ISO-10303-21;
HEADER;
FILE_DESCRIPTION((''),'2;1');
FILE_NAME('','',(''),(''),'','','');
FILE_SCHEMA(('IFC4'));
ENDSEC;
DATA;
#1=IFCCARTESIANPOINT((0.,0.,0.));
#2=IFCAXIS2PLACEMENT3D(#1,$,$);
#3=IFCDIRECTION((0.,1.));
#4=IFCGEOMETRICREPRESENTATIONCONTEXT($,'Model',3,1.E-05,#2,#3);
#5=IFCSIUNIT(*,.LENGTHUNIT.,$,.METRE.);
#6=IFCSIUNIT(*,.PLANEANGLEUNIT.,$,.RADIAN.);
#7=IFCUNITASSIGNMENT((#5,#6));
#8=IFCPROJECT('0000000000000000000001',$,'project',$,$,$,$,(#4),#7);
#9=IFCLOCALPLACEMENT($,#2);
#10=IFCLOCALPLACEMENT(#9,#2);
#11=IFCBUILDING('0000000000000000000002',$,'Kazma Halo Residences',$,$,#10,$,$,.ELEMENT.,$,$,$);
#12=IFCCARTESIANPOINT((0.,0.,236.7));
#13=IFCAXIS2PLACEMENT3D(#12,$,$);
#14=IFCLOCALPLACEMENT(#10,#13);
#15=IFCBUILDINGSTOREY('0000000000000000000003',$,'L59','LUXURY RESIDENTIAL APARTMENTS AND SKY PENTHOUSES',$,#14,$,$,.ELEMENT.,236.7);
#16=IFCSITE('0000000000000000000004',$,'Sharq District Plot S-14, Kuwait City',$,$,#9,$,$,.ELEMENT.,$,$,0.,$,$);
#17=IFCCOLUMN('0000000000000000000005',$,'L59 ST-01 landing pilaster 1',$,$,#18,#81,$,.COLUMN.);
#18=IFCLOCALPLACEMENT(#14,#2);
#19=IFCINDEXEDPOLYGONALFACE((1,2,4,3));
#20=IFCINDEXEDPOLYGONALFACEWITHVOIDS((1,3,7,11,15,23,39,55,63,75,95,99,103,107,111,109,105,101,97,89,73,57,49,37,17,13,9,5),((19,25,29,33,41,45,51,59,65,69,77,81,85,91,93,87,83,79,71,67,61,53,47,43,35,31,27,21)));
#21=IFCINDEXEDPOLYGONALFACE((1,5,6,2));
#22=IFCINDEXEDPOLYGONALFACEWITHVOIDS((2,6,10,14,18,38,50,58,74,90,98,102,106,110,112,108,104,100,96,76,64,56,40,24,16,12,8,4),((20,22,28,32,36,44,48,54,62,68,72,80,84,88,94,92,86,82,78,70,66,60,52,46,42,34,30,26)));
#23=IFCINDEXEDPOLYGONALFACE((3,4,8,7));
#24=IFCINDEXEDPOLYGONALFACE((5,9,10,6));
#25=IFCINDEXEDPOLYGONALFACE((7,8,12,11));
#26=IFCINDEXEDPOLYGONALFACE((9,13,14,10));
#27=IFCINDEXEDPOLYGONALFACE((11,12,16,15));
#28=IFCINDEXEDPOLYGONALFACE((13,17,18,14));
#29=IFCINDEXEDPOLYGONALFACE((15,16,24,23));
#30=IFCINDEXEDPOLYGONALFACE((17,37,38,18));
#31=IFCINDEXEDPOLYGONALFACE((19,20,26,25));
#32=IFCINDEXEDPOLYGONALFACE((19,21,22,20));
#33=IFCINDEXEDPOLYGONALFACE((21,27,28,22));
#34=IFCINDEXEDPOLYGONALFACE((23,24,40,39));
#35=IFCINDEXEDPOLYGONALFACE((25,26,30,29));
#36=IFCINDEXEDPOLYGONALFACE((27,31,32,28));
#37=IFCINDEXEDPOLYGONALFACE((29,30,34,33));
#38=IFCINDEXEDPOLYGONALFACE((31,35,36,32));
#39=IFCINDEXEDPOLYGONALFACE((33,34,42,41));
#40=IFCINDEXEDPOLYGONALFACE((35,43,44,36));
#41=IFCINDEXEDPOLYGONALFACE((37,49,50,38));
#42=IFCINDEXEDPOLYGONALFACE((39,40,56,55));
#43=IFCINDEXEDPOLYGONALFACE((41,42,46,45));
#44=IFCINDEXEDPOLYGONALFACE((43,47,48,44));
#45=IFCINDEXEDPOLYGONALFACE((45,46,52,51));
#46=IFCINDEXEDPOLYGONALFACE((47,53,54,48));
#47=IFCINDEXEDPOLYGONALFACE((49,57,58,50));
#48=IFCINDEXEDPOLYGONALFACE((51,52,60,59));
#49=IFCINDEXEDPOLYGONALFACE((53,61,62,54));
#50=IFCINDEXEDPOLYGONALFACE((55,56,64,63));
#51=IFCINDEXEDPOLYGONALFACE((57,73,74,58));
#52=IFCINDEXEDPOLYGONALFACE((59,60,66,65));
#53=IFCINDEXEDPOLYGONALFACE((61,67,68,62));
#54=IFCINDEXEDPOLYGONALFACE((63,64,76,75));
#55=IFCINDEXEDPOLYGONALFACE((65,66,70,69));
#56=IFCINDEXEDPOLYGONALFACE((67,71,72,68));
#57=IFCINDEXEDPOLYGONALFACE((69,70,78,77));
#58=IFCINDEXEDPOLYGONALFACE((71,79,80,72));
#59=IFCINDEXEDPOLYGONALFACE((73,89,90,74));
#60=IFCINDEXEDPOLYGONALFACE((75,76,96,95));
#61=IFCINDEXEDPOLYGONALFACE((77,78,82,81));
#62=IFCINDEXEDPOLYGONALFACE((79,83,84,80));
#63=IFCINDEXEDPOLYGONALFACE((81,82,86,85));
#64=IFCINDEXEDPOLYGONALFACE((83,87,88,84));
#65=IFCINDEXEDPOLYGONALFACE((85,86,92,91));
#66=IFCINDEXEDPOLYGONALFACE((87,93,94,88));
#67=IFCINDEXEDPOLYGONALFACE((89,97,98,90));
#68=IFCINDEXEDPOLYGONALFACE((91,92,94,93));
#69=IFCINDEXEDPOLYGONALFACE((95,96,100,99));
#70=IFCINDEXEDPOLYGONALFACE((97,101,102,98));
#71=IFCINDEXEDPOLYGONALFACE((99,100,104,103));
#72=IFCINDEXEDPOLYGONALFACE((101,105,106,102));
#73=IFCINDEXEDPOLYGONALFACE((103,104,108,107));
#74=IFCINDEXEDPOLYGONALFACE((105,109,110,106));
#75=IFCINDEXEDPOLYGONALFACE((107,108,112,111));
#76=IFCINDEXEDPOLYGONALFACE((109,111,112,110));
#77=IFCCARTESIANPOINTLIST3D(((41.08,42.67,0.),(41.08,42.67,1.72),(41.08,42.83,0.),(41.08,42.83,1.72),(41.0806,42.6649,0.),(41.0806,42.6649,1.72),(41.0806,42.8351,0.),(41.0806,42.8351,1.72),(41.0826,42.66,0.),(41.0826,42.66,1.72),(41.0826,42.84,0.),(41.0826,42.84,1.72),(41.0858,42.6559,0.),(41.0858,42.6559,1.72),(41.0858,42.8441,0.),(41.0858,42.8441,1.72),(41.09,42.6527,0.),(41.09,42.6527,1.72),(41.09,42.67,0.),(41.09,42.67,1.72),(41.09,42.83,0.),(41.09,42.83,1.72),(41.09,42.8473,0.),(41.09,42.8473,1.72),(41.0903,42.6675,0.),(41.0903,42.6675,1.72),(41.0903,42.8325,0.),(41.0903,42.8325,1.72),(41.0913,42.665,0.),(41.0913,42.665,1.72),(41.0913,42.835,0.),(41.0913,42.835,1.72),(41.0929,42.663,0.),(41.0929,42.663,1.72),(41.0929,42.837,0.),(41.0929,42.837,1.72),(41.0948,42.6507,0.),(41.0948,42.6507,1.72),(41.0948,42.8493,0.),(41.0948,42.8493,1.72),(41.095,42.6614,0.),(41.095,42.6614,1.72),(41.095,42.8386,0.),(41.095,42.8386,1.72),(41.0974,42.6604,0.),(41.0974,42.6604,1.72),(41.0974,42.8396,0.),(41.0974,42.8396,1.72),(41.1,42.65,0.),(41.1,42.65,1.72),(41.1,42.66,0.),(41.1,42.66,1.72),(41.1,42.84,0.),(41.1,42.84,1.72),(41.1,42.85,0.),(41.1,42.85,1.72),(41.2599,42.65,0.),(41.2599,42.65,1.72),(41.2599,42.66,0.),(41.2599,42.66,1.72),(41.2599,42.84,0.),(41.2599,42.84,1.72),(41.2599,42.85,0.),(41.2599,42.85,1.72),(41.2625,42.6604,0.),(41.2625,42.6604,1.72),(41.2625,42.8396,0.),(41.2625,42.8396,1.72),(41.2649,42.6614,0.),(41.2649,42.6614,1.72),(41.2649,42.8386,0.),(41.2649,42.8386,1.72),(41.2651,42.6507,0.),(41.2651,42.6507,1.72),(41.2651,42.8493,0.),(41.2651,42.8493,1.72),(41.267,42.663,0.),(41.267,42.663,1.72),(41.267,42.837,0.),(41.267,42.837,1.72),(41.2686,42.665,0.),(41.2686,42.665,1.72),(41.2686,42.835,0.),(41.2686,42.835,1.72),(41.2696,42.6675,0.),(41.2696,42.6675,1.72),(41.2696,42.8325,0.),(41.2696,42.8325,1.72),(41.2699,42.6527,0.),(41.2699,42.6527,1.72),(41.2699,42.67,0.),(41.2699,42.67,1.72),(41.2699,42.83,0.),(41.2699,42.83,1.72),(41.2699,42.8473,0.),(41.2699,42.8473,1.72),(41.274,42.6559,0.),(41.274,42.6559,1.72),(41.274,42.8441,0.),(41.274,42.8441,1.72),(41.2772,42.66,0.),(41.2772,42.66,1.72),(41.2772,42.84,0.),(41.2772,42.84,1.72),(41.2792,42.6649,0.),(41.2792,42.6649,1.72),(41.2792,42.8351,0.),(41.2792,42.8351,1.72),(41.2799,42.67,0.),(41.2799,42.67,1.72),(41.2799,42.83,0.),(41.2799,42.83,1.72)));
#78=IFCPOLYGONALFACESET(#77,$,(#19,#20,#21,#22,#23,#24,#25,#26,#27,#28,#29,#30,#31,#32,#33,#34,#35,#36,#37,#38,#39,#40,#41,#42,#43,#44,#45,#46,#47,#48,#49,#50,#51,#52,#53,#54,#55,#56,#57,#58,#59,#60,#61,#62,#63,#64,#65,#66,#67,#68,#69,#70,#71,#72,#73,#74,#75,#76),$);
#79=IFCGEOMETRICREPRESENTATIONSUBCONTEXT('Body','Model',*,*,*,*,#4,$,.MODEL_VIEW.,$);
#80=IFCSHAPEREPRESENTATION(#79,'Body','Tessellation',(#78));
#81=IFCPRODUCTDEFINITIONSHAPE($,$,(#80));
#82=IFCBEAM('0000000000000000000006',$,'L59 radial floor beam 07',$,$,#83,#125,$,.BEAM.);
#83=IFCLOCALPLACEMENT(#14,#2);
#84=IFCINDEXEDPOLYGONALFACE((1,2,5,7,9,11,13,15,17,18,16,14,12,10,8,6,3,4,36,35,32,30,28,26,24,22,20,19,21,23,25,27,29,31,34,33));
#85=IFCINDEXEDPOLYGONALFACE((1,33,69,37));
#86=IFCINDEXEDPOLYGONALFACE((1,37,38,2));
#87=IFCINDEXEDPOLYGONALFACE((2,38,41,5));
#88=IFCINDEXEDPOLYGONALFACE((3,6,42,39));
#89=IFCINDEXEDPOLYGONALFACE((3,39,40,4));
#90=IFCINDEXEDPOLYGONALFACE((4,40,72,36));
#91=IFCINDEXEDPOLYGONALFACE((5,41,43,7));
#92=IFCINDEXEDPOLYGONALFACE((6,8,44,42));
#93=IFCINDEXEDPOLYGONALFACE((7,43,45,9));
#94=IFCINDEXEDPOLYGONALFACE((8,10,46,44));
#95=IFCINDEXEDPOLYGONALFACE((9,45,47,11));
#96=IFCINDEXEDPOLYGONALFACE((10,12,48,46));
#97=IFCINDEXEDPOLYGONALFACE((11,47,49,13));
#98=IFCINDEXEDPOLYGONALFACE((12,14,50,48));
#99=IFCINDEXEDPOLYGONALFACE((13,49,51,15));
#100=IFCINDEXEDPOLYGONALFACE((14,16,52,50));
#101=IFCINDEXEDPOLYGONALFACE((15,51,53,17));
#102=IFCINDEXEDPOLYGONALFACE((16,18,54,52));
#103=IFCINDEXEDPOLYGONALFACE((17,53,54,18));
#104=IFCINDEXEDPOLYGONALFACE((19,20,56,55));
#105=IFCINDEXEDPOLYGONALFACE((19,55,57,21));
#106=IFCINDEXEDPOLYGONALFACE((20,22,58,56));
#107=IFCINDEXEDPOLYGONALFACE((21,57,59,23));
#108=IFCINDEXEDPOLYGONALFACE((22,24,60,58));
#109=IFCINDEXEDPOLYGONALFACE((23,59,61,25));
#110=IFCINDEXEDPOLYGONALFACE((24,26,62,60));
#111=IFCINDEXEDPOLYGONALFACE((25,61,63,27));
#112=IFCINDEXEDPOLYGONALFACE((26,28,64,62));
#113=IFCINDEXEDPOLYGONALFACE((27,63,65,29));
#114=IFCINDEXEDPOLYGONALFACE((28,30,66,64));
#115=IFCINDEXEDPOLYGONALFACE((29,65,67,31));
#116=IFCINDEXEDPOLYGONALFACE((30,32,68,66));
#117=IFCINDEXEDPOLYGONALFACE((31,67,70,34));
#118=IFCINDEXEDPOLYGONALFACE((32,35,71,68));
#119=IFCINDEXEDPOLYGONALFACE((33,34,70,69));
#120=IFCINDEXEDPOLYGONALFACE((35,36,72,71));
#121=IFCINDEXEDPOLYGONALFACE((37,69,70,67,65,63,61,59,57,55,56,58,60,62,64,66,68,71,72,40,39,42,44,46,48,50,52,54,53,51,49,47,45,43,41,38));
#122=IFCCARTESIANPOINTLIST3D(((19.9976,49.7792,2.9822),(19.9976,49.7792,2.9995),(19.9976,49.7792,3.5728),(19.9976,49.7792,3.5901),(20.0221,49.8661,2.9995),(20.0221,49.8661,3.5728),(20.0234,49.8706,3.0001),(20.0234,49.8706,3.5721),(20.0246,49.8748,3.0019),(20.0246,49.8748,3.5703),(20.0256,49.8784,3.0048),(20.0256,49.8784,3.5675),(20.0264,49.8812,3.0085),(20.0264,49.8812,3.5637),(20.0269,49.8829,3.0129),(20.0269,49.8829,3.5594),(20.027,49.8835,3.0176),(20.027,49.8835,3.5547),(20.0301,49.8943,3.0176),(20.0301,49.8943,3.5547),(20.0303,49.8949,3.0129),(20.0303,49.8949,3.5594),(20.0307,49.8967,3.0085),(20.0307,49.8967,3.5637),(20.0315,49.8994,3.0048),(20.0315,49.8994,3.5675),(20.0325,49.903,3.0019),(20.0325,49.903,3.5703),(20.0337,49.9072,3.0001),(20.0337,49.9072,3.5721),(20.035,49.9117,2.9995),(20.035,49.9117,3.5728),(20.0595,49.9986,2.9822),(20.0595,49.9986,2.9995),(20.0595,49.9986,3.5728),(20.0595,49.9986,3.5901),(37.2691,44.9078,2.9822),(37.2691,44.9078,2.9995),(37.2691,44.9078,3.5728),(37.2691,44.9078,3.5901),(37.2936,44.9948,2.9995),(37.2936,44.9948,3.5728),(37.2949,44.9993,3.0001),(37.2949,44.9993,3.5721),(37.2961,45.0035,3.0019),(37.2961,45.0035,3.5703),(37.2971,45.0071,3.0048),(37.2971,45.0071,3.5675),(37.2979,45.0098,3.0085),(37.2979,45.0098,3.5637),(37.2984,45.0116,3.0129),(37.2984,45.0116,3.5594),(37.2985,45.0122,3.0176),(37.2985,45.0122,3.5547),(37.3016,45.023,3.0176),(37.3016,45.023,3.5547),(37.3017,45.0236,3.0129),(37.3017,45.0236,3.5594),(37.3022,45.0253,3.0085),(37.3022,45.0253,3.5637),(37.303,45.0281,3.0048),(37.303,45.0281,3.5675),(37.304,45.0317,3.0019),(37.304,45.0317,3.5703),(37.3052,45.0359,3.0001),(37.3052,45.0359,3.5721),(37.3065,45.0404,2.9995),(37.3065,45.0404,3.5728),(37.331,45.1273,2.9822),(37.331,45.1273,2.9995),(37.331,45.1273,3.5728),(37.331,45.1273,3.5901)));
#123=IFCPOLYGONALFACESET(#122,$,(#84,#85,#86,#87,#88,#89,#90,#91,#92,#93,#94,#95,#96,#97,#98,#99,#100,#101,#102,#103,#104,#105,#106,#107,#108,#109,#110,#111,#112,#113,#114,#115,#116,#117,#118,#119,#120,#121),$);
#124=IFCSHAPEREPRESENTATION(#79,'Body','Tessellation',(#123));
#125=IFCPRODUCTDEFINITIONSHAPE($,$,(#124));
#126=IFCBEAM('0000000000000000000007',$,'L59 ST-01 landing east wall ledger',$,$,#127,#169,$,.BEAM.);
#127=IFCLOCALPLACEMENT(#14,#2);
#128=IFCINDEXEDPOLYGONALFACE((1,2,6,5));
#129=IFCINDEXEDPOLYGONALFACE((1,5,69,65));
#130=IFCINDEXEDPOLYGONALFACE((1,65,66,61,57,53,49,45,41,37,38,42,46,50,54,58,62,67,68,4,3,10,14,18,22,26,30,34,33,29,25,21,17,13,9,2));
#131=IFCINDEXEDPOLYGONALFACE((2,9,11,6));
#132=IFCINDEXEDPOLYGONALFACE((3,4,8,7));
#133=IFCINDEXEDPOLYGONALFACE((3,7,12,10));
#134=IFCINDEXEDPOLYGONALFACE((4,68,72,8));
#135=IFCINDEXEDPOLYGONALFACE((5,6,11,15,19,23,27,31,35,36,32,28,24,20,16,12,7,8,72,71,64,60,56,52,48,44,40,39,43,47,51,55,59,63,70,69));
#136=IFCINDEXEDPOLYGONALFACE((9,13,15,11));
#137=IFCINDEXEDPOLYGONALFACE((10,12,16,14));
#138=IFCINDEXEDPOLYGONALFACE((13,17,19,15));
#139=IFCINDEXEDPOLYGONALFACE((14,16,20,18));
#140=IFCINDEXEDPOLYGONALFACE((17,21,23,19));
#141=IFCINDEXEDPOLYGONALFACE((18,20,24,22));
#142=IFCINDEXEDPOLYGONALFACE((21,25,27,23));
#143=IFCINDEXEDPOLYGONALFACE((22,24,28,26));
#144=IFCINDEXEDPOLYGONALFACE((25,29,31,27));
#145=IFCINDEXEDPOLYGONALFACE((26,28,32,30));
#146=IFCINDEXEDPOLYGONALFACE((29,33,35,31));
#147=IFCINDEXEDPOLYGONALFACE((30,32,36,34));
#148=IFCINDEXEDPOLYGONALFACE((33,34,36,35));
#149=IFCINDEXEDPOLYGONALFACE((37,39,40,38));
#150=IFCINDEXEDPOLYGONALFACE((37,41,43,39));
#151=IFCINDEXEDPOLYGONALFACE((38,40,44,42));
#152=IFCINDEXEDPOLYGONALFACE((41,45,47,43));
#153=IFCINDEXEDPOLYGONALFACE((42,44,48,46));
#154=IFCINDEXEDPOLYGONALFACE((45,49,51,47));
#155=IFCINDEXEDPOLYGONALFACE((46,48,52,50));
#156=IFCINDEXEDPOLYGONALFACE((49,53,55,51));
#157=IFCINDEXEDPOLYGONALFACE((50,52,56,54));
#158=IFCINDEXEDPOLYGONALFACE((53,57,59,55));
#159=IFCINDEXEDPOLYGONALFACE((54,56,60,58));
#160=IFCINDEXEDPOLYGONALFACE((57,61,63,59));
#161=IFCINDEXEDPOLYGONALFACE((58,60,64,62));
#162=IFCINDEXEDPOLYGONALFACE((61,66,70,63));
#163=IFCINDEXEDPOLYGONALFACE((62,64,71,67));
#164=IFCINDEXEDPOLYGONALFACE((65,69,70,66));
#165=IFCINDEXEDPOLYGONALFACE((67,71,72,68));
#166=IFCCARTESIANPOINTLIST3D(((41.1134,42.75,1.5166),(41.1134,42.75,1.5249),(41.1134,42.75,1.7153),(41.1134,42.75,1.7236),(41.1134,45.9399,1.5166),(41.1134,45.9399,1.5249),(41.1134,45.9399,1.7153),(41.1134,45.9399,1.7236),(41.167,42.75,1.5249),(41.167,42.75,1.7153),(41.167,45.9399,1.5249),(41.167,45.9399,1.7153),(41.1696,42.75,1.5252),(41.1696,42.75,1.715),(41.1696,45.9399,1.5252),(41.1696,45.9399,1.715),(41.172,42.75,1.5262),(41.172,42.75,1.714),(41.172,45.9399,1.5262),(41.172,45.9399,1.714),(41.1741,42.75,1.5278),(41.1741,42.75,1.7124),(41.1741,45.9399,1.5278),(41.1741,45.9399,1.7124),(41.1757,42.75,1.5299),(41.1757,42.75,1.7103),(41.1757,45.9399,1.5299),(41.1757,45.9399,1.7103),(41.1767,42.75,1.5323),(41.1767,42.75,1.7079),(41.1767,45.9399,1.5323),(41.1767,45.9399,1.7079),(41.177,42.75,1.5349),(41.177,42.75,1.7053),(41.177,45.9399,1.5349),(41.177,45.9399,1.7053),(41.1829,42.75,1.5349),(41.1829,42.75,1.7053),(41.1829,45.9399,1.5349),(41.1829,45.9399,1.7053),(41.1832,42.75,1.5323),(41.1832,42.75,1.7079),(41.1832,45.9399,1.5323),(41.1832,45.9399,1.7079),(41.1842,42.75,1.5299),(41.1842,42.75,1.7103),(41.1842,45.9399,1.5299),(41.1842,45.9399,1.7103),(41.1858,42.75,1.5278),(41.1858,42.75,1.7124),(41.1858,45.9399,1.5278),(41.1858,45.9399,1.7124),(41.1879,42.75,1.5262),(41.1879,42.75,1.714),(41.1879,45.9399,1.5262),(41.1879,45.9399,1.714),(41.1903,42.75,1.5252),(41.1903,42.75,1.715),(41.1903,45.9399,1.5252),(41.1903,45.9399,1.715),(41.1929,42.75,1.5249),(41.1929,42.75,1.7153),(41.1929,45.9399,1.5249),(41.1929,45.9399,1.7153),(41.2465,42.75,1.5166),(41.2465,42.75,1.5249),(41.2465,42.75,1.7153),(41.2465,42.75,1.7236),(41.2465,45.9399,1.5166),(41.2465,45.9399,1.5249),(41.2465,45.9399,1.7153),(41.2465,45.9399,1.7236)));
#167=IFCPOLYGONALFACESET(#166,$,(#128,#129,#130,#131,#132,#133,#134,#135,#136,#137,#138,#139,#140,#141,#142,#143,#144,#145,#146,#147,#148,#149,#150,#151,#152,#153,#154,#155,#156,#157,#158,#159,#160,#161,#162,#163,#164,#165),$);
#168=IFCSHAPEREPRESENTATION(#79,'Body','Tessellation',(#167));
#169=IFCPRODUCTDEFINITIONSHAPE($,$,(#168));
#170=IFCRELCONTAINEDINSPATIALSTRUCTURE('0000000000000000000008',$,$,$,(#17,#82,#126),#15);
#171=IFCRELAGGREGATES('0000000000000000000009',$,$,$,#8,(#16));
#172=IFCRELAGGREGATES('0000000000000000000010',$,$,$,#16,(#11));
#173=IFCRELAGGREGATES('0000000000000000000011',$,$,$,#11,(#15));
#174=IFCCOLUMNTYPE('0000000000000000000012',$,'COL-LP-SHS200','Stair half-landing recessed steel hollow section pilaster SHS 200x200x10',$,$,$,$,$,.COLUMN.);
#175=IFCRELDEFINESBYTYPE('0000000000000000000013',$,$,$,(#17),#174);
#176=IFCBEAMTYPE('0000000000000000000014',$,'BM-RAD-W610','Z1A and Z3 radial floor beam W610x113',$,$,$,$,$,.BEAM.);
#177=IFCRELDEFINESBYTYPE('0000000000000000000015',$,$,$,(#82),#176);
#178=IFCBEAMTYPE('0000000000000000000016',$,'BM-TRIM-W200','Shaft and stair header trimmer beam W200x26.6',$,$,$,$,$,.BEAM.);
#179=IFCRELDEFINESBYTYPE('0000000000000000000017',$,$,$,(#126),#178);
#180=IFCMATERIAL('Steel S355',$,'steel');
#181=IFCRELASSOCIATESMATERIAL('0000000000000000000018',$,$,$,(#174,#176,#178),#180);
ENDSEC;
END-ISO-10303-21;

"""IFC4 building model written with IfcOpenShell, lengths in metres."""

from ifc_helpers import new_model, si_unit, direction, frame, origin, origin_2d, place, context, subcontext, project, spatial, hollow_rectangle, i_section, extrude, material, material_profile, profile_set, type_object, element, save


model = new_model("IFC4")

# Units and contexts
model_context = context("Model", 3, precision=1e-05, world=origin(), true_north=direction((0.0, 1.0)))
body_context = subcontext(model_context, "Body", "Model", "MODEL_VIEW")
ifc_project = project(units=[si_unit("LENGTHUNIT", "METRE"), si_unit("PLANEANGLEUNIT", "RADIAN")], contexts=[model_context])

# Site, building, storey
site_placement = place(None, origin())
site = spatial("IfcSite", under=ifc_project, at=site_placement, Name="Sharq District Plot S-14, Kuwait City", CompositionType="ELEMENT", RefElevation=0.0)
building_placement = place(site_placement, origin())
building = spatial("IfcBuilding", under=site, at=building_placement, Name="Kazma Halo Residences", CompositionType="ELEMENT")
storey_placement = place(building_placement, frame((0.0, 0.0, 236.7)))
storey = spatial("IfcBuildingStorey", under=building, at=storey_placement, Name="L59", Description="LUXURY RESIDENTIAL APARTMENTS AND SKY PENTHOUSES", CompositionType="ELEMENT", Elevation=236.7)

# Column
ifc_material_1 = material(Name="Steel S355", Category="steel")
ifc_material_profile_1 = material_profile(ifc_material_1, hollow_rectangle(XDim=0.2, YDim=0.2, WallThickness=0.01, InnerFilletRadius=0.01, OuterFilletRadius=0.02, at=origin_2d()), Name="SHS200x200x10")
ifc_profile_set_1 = profile_set([ifc_material_profile_1], Name="Steel S355")
column_type = type_object("IfcColumnType", Name="COL-LP-SHS200", Description="Stair half-landing recessed steel hollow section pilaster SHS 200x200x10", PredefinedType="COLUMN", material=ifc_profile_set_1)
column_placement = place(storey_placement, frame((41.1799, 42.75, 0.0), z_axis=(0.0, 0.0, 1.0), x_axis=(1.0, 0.0, 0.0)))
element("IfcColumn", 1, at=column_placement, inside=storey, type_object=column_type, Name="L59 ST-01 landing pilaster 1", PredefinedType="COLUMN", context=body_context, shape_type="SweptSolid", body=[
    extrude(hollow_rectangle(XDim=0.2, YDim=0.2, WallThickness=0.01, InnerFilletRadius=0.01, OuterFilletRadius=0.02, at=origin_2d()), origin(), (0.0, 0.0, 1.0), 1.72),
])

# Beams
ifc_material_profile_2 = material_profile(ifc_material_1, i_section(OverallWidth=0.228, OverallDepth=0.6079, WebThickness=0.0112, FlangeThickness=0.0173, FilletRadius=0.0181, at=origin_2d()), Name="W610x113")
ifc_profile_set_2 = profile_set([ifc_material_profile_2], Name="Steel S355")
beam_type_1 = type_object("IfcBeamType", Name="BM-RAD-W610", Description="Z1A and Z3 radial floor beam W610x113", PredefinedType="BEAM", material=ifc_profile_set_2)
beam_1_placement = place(storey_placement, frame((37.3, 45.0176, 3.2861), z_axis=(-0.962451, 0.271455, 0.0), x_axis=(-0.271455, -0.962451, 0.0)))
element("IfcBeam", 2, at=beam_1_placement, inside=storey, type_object=beam_type_1, Name="L59 radial floor beam 07", PredefinedType="BEAM", context=body_context, shape_type="SweptSolid", body=[
    extrude(i_section(OverallWidth=0.228, OverallDepth=0.6079, WebThickness=0.0112, FlangeThickness=0.0173, FilletRadius=0.0181, at=origin_2d()), origin(), (0.0, 0.0, 1.0), 17.9453),
])
ifc_material_profile_3 = material_profile(ifc_material_1, i_section(OverallWidth=0.1331, OverallDepth=0.207, WebThickness=0.0059, FlangeThickness=0.0083, FilletRadius=0.01, at=origin_2d()), Name="W200x26.6")
ifc_profile_set_3 = profile_set([ifc_material_profile_3], Name="Steel S355")
beam_type_2 = type_object("IfcBeamType", Name="BM-TRIM-W200", Description="Shaft and stair header trimmer beam W200x26.6", PredefinedType="BEAM", material=ifc_profile_set_3)
beam_2_placement = place(storey_placement, frame((41.1799, 42.75, 1.6201), z_axis=(0.0, 1.0, 0.0), x_axis=(-1.0, 0.0, 0.0)))
element("IfcBeam", 3, at=beam_2_placement, inside=storey, type_object=beam_type_2, Name="L59 ST-01 landing east wall ledger", PredefinedType="BEAM", context=body_context, shape_type="SweptSolid", body=[
    extrude(i_section(OverallWidth=0.1331, OverallDepth=0.207, WebThickness=0.0059, FlangeThickness=0.0083, FilletRadius=0.01, at=origin_2d()), origin(), (0.0, 0.0, 1.0), 3.1899),
])

save(model, "model.ifc")
